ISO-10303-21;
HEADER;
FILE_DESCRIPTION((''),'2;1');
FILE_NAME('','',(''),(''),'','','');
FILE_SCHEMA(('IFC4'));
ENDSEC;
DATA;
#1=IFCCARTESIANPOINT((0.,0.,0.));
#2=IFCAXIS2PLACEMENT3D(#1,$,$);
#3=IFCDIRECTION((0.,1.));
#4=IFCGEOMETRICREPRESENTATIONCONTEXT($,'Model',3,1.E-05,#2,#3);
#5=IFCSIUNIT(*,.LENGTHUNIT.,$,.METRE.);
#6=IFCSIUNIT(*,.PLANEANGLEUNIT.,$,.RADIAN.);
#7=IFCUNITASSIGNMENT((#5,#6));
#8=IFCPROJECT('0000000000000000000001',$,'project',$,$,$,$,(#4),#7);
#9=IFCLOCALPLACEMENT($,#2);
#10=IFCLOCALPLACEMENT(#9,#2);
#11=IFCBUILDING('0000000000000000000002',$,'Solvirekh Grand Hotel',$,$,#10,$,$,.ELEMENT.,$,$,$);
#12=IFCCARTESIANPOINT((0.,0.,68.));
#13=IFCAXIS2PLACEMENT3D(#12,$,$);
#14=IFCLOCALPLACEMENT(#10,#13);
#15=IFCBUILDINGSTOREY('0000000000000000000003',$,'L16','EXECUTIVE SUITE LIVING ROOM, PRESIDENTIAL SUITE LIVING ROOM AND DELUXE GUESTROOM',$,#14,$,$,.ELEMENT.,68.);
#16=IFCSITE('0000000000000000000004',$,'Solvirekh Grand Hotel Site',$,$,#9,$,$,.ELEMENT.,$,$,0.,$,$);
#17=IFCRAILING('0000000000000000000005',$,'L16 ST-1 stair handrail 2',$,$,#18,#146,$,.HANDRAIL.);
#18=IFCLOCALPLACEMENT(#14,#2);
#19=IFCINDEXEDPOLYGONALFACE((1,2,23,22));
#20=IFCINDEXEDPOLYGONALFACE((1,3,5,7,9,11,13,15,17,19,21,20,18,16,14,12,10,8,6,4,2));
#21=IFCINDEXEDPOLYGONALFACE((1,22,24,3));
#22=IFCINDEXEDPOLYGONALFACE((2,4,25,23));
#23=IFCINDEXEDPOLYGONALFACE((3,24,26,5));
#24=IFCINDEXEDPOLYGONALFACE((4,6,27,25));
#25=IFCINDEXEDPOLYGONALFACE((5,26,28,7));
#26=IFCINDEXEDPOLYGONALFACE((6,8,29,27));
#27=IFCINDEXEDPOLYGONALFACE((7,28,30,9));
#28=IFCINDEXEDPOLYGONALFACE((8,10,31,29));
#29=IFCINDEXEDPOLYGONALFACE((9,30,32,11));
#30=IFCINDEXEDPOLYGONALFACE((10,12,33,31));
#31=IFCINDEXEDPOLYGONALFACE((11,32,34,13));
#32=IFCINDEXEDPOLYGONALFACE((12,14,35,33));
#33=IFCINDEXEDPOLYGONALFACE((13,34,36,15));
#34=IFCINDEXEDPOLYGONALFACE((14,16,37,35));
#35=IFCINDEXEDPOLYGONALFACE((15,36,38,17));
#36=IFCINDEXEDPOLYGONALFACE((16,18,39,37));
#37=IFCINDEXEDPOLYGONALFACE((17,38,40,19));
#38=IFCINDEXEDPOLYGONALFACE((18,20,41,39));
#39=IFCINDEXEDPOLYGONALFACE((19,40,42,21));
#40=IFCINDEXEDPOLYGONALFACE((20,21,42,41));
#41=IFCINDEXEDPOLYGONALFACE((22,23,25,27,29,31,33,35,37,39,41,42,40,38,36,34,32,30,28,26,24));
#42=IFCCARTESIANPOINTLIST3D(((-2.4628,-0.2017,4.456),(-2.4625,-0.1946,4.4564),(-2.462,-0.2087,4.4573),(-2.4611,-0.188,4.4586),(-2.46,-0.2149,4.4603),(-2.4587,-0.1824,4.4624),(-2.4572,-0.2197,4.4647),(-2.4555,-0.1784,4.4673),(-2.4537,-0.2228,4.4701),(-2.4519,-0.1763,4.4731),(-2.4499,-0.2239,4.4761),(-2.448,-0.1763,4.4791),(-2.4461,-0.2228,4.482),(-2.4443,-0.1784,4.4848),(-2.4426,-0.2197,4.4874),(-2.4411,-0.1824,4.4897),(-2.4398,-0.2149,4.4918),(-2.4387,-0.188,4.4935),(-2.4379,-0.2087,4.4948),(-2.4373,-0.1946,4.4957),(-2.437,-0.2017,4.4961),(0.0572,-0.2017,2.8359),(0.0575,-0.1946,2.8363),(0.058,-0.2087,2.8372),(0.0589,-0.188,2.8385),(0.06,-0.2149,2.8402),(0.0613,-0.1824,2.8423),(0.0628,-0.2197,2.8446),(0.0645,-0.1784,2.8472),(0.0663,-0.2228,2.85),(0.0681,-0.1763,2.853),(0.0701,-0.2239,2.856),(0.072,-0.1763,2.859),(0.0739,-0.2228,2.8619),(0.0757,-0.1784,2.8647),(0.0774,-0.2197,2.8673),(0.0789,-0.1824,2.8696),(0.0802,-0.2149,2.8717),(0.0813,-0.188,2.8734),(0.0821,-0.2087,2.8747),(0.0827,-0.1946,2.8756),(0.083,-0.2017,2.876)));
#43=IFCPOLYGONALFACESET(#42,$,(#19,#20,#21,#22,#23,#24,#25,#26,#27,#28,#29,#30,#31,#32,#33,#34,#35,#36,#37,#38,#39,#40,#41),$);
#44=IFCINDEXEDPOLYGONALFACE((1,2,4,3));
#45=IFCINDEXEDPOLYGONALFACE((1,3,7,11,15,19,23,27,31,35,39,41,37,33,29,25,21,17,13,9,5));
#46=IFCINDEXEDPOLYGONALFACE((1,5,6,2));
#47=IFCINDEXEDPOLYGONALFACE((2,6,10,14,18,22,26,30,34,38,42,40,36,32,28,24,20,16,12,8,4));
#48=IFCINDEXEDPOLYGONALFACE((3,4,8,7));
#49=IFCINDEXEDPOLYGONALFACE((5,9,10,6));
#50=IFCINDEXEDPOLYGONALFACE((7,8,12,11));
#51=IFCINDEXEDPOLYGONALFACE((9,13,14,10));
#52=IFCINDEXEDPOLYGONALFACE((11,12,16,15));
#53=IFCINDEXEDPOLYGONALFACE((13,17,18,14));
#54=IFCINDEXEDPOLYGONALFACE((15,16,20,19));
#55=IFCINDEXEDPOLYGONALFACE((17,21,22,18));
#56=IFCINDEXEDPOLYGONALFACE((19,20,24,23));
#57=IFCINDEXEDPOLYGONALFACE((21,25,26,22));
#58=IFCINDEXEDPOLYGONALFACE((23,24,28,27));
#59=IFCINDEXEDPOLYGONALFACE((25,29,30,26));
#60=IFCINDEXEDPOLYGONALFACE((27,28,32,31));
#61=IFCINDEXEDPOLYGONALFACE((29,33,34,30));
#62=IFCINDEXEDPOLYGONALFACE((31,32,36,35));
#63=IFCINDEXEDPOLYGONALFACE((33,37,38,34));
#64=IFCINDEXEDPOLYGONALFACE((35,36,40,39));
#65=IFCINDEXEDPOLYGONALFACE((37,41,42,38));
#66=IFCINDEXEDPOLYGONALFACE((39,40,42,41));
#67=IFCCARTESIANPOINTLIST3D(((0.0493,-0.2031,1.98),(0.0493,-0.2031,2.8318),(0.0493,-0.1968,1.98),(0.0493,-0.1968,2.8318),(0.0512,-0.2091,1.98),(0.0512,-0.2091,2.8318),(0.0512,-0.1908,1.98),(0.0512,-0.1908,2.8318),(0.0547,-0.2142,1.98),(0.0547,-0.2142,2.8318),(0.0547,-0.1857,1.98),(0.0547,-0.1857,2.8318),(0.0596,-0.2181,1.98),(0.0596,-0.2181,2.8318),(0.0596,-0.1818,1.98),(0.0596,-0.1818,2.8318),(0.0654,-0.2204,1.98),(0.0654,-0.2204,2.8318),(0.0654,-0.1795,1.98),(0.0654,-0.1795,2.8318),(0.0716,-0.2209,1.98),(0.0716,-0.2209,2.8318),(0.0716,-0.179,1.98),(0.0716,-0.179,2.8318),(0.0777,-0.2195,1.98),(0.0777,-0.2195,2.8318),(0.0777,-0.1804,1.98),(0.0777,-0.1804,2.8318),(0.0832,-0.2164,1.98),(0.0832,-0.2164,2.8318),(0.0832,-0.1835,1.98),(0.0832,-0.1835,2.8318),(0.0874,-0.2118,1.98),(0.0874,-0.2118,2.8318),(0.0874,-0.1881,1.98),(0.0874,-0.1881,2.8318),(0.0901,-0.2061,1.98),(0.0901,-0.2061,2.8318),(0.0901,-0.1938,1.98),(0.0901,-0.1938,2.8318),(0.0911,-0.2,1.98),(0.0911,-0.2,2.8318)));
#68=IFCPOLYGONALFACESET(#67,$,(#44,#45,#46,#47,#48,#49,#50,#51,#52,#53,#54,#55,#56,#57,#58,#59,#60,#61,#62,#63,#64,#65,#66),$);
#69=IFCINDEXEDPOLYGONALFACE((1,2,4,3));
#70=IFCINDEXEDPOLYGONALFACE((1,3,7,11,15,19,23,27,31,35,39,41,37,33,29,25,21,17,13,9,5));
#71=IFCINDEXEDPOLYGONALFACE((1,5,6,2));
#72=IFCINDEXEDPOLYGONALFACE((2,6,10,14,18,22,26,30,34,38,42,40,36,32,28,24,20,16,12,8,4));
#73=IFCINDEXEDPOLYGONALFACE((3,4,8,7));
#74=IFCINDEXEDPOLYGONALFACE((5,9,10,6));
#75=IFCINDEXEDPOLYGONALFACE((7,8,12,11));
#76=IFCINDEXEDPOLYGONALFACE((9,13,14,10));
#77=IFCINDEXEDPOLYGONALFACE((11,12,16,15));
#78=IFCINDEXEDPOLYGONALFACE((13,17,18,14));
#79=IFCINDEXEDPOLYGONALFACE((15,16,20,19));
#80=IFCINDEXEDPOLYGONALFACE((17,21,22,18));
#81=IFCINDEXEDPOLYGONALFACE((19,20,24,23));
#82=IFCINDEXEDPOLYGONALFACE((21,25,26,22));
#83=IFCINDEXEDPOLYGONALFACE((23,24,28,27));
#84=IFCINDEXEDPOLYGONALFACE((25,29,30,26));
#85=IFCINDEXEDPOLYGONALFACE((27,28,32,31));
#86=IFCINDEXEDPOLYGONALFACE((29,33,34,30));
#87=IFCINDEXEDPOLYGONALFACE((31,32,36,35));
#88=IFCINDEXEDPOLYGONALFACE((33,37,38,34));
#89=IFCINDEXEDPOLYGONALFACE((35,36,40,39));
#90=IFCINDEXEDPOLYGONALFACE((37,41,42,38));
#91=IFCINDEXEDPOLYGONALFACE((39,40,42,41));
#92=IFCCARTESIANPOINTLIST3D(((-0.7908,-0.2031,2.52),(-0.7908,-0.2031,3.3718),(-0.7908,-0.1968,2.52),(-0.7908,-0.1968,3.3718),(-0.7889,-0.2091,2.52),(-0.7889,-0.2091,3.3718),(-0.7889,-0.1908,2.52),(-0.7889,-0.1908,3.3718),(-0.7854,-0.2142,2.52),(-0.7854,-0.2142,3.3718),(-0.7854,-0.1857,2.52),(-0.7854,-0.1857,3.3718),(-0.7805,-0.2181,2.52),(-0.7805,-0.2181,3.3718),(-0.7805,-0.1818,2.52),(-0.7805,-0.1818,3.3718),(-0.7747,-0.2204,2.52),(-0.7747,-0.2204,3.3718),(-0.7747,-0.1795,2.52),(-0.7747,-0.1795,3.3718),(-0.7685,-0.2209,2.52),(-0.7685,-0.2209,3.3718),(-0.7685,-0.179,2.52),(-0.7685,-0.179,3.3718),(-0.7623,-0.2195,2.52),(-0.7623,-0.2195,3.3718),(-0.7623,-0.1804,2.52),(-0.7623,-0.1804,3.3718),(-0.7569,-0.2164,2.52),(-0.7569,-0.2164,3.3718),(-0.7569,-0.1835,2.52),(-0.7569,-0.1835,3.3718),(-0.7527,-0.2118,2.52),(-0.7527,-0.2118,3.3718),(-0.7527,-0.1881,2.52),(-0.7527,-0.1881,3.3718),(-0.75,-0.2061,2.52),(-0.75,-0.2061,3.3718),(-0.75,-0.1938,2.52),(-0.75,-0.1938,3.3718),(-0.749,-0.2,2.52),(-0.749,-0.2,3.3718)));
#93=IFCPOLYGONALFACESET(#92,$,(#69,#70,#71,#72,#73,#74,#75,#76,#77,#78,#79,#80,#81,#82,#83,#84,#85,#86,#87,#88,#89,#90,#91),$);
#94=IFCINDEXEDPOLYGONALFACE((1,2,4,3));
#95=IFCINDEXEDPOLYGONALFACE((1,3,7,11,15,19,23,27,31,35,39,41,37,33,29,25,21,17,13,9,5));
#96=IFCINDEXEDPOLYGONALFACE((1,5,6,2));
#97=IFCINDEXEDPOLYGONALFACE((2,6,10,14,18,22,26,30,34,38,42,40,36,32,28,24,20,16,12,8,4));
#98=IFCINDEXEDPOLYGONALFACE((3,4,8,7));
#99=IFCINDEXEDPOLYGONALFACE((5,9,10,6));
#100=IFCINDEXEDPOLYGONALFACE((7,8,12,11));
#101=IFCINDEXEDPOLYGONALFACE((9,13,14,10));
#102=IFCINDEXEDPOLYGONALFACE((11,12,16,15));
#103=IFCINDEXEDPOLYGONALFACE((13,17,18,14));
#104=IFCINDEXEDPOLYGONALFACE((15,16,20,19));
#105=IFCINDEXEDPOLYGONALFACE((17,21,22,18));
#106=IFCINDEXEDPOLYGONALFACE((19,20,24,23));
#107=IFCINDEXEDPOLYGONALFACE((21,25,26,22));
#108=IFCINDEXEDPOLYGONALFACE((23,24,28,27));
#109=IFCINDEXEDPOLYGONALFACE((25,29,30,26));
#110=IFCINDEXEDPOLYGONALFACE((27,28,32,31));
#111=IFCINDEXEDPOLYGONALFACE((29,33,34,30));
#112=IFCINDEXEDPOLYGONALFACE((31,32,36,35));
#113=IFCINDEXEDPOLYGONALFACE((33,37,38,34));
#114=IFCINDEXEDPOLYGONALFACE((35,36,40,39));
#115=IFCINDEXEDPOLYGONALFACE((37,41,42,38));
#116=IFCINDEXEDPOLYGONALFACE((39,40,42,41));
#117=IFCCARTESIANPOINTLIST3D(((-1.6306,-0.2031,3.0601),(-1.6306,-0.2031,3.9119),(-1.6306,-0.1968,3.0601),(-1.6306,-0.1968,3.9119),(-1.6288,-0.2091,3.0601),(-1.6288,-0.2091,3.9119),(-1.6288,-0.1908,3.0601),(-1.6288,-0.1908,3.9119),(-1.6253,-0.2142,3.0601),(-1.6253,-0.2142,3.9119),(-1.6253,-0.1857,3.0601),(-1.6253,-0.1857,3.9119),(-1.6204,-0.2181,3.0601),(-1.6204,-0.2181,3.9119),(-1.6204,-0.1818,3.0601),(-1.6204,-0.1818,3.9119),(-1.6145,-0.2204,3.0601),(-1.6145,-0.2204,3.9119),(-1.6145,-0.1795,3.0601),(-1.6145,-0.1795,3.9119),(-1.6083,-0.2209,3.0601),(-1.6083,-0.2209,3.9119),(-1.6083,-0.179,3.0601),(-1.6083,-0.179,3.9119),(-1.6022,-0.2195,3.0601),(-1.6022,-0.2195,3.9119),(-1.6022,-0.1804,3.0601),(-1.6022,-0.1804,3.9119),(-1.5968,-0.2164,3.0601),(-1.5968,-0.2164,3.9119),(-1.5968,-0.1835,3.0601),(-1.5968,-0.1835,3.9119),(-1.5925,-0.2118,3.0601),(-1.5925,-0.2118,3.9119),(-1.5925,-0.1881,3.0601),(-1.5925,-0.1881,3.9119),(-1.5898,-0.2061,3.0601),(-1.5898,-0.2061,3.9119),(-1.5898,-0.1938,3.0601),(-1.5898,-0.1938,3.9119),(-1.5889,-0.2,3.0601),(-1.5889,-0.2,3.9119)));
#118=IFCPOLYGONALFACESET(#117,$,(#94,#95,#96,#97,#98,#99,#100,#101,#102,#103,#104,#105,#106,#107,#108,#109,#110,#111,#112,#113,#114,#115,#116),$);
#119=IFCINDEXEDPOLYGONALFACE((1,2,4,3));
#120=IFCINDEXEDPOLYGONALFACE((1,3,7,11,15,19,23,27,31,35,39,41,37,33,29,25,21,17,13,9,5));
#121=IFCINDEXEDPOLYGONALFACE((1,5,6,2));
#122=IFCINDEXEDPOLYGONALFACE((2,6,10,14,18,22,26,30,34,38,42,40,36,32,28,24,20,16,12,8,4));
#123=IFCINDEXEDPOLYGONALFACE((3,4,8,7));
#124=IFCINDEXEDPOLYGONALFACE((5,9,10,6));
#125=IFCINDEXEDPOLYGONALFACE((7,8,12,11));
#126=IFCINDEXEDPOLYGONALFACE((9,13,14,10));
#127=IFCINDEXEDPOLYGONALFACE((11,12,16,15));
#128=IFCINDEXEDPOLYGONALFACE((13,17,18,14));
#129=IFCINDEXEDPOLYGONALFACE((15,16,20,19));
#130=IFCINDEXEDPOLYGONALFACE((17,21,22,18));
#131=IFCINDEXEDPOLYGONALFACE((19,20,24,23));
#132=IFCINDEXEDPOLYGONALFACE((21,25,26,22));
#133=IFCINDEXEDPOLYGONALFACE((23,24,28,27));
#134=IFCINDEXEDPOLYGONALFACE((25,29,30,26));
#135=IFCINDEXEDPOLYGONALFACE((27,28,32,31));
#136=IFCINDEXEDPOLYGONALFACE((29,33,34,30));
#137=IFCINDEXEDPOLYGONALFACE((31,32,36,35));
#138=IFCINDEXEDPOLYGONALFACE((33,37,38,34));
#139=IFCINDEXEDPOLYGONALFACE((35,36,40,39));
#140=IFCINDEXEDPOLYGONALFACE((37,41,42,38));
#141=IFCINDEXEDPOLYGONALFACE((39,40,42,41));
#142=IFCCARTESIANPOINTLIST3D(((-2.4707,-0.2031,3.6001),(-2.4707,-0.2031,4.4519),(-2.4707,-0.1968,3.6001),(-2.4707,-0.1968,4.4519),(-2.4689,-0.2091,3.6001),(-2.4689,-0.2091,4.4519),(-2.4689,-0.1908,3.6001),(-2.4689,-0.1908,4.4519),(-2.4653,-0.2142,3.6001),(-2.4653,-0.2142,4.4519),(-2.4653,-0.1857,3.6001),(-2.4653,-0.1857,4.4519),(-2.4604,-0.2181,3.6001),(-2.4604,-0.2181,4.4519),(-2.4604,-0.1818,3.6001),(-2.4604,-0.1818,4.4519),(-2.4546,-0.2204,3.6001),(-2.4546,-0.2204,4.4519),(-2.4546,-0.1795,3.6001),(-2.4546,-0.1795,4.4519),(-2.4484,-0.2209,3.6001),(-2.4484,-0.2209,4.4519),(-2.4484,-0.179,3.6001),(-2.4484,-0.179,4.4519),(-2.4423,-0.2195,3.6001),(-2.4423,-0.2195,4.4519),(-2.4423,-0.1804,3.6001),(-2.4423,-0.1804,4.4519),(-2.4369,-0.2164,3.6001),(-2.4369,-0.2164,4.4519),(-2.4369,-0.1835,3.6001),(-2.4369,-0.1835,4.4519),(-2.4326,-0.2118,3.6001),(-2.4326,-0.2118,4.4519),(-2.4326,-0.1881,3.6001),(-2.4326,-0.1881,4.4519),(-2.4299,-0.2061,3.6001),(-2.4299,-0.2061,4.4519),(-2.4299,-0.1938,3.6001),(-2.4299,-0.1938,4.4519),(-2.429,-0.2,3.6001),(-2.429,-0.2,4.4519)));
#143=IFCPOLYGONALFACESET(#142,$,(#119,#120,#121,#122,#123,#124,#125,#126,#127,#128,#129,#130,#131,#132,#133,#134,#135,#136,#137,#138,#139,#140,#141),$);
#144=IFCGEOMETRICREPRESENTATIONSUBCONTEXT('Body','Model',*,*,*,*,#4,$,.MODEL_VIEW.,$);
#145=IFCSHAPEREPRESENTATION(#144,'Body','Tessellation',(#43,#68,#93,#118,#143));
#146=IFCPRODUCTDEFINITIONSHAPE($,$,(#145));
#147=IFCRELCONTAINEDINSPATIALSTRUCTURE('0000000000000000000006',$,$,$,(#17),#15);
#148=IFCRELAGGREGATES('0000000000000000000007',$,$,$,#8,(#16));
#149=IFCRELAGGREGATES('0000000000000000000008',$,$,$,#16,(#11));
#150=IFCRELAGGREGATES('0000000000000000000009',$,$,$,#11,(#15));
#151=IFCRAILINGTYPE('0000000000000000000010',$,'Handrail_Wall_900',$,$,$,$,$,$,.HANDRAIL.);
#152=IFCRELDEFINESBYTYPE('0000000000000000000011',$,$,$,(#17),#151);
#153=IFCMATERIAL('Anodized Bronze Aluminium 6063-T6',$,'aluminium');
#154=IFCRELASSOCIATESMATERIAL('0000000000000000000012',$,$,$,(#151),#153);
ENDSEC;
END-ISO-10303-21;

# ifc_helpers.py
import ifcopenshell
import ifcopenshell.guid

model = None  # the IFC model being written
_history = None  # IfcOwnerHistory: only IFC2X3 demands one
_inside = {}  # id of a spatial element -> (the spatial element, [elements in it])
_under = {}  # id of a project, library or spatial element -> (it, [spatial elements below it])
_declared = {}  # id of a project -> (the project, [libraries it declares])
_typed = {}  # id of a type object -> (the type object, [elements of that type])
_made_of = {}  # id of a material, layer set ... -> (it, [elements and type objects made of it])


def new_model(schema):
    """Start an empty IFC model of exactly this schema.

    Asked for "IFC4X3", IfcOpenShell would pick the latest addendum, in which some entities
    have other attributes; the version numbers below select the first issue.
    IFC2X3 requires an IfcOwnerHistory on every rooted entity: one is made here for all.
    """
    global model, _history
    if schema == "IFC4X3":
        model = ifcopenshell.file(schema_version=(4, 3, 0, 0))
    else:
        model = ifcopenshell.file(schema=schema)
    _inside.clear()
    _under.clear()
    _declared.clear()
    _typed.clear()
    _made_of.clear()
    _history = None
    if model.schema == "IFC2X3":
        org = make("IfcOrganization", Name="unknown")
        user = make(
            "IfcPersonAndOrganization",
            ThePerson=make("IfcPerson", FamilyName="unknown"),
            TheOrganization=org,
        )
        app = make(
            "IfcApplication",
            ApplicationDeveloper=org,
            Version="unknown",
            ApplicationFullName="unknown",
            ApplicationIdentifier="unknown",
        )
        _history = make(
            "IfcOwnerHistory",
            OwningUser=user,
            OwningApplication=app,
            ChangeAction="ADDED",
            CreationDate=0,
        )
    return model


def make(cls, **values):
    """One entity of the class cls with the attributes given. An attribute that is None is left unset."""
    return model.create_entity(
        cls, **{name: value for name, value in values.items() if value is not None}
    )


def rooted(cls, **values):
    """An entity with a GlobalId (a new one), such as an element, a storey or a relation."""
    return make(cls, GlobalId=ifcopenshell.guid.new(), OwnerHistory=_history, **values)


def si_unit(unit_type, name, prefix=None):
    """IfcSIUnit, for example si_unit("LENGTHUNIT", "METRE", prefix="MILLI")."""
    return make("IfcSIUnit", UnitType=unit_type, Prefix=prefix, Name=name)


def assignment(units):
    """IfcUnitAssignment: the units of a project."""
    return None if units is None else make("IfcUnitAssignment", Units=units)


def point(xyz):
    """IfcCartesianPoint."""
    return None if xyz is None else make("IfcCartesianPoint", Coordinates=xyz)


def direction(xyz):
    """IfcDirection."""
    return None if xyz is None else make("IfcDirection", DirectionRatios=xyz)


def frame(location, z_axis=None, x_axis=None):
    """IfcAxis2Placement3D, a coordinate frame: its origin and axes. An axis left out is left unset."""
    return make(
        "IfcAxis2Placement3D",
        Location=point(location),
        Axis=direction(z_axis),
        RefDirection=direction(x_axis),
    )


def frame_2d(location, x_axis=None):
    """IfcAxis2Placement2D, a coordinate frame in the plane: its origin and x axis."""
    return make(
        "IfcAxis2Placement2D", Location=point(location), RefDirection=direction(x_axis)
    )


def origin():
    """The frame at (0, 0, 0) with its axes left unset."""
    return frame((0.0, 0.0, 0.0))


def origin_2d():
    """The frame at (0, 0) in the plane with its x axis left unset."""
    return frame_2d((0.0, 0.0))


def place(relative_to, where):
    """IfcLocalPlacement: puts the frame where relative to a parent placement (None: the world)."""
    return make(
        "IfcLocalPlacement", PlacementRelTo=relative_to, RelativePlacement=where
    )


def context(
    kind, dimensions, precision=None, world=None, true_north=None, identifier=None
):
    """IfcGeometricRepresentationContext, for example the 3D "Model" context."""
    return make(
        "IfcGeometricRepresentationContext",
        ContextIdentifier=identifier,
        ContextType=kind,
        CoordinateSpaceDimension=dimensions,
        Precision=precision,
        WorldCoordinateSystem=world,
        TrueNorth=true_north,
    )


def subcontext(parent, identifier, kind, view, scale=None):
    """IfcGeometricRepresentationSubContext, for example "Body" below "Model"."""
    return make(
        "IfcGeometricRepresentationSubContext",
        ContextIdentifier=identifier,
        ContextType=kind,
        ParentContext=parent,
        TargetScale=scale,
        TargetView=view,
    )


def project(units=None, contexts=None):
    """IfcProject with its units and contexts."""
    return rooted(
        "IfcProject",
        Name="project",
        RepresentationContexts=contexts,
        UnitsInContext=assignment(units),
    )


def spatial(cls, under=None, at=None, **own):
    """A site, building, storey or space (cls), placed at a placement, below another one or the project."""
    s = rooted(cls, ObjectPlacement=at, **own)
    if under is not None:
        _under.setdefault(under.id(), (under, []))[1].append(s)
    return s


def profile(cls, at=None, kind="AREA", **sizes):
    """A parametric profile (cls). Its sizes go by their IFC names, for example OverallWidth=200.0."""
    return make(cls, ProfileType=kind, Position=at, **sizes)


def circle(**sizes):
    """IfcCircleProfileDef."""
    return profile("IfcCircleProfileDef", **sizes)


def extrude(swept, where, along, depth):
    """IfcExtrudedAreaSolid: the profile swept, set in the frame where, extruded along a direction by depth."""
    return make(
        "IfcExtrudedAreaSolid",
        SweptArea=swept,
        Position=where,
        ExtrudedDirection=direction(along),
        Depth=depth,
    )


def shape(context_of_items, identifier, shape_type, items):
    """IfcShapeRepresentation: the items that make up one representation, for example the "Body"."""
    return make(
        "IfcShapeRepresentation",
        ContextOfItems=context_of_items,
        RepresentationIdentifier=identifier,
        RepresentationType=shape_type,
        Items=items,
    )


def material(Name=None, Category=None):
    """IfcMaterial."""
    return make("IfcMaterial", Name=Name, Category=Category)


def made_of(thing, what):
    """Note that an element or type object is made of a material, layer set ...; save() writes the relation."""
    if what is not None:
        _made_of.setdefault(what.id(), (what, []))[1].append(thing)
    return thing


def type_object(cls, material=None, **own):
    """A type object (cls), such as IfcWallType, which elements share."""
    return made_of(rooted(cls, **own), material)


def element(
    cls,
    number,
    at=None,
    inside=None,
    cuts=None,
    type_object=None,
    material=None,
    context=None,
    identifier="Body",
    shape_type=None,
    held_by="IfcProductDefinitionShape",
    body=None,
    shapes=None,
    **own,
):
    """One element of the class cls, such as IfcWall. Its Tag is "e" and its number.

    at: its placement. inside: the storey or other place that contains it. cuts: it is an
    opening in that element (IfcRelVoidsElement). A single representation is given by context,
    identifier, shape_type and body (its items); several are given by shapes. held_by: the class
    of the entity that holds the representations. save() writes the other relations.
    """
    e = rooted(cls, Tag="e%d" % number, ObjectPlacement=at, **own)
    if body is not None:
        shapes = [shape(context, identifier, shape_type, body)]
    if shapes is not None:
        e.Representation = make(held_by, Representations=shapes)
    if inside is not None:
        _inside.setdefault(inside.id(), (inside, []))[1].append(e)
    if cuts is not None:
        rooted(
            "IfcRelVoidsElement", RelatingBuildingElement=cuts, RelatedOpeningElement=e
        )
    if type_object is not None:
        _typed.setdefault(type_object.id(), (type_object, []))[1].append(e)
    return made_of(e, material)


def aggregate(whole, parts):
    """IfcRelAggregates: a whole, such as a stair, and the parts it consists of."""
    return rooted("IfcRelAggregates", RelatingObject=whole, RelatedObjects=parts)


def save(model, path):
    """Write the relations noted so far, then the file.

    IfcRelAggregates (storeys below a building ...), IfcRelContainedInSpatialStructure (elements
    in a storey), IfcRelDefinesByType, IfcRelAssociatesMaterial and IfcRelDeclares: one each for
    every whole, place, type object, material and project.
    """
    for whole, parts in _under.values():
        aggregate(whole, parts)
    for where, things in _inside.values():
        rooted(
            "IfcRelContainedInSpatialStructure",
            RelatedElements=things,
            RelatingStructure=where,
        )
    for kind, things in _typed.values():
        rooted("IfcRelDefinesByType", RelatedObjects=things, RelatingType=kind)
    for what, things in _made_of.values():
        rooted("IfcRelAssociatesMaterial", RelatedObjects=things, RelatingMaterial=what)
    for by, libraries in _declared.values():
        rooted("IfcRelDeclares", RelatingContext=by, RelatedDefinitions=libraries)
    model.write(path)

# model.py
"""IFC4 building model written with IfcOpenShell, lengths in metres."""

from ifc_helpers import new_model, si_unit, direction, frame, origin, origin_2d, place, context, subcontext, project, spatial, circle, extrude, material, type_object, element, save


model = new_model("IFC4")

# Units and contexts
model_context = context("Model", 3, precision=1e-05, world=origin(), true_north=direction((0.0, 1.0)))
body_context = subcontext(model_context, "Body", "Model", "MODEL_VIEW")
ifc_project = project(units=[si_unit("LENGTHUNIT", "METRE"), si_unit("PLANEANGLEUNIT", "RADIAN")], contexts=[model_context])

# Site, building, storey
site_placement = place(None, origin())
site = spatial("IfcSite", under=ifc_project, at=site_placement, Name="Solvirekh Grand Hotel Site", CompositionType="ELEMENT", RefElevation=0.0)
building_placement = place(site_placement, origin())
building = spatial("IfcBuilding", under=site, at=building_placement, Name="Solvirekh Grand Hotel", CompositionType="ELEMENT")
storey_placement = place(building_placement, frame((0.0, 0.0, 68.0)))
storey = spatial("IfcBuildingStorey", under=building, at=storey_placement, Name="L16", Description="EXECUTIVE SUITE LIVING ROOM, PRESIDENTIAL SUITE LIVING ROOM AND DELUXE GUESTROOM", CompositionType="ELEMENT", Elevation=68.0)

# Railing
ifc_material_1 = material(Name="Anodized Bronze Aluminium 6063-T6", Category="aluminium")
railing_type_1 = type_object("IfcRailingType", Name="Handrail_Wall_900", PredefinedType="HANDRAIL", material=ifc_material_1)
railing_1_placement = place(storey_placement, frame((0.0701, -0.2, 1.98)))
element("IfcRailing", 1, at=railing_1_placement, inside=storey, type_object=railing_type_1, Name="L16 ST-1 stair handrail 2", PredefinedType="HANDRAIL", context=body_context, shape_type="SweptSolid", body=[
    extrude(circle(Radius=0.0239, at=origin_2d()), frame((0.0, 0.0, 0.876), z_axis=(-0.841163, 0.0, 0.540782), x_axis=(0.0, -1.0, 0.0)), (0.0, 0.0, 1.0), 2.9958),
    extrude(circle(Radius=0.021, at=origin_2d()), origin(), (0.0, 0.0, 1.0), 0.8518),
    extrude(circle(Radius=0.021, at=origin_2d()), frame((-0.8401, 0.0, 0.54)), (0.0, 0.0, 1.0), 0.8518),
    extrude(circle(Radius=0.021, at=origin_2d()), frame((-1.6799, 0.0, 1.0801)), (0.0, 0.0, 1.0), 0.8518),
    extrude(circle(Radius=0.021, at=origin_2d()), frame((-2.52, 0.0, 1.6201)), (0.0, 0.0, 1.0), 0.8518),
])

save(model, "model.ifc")
